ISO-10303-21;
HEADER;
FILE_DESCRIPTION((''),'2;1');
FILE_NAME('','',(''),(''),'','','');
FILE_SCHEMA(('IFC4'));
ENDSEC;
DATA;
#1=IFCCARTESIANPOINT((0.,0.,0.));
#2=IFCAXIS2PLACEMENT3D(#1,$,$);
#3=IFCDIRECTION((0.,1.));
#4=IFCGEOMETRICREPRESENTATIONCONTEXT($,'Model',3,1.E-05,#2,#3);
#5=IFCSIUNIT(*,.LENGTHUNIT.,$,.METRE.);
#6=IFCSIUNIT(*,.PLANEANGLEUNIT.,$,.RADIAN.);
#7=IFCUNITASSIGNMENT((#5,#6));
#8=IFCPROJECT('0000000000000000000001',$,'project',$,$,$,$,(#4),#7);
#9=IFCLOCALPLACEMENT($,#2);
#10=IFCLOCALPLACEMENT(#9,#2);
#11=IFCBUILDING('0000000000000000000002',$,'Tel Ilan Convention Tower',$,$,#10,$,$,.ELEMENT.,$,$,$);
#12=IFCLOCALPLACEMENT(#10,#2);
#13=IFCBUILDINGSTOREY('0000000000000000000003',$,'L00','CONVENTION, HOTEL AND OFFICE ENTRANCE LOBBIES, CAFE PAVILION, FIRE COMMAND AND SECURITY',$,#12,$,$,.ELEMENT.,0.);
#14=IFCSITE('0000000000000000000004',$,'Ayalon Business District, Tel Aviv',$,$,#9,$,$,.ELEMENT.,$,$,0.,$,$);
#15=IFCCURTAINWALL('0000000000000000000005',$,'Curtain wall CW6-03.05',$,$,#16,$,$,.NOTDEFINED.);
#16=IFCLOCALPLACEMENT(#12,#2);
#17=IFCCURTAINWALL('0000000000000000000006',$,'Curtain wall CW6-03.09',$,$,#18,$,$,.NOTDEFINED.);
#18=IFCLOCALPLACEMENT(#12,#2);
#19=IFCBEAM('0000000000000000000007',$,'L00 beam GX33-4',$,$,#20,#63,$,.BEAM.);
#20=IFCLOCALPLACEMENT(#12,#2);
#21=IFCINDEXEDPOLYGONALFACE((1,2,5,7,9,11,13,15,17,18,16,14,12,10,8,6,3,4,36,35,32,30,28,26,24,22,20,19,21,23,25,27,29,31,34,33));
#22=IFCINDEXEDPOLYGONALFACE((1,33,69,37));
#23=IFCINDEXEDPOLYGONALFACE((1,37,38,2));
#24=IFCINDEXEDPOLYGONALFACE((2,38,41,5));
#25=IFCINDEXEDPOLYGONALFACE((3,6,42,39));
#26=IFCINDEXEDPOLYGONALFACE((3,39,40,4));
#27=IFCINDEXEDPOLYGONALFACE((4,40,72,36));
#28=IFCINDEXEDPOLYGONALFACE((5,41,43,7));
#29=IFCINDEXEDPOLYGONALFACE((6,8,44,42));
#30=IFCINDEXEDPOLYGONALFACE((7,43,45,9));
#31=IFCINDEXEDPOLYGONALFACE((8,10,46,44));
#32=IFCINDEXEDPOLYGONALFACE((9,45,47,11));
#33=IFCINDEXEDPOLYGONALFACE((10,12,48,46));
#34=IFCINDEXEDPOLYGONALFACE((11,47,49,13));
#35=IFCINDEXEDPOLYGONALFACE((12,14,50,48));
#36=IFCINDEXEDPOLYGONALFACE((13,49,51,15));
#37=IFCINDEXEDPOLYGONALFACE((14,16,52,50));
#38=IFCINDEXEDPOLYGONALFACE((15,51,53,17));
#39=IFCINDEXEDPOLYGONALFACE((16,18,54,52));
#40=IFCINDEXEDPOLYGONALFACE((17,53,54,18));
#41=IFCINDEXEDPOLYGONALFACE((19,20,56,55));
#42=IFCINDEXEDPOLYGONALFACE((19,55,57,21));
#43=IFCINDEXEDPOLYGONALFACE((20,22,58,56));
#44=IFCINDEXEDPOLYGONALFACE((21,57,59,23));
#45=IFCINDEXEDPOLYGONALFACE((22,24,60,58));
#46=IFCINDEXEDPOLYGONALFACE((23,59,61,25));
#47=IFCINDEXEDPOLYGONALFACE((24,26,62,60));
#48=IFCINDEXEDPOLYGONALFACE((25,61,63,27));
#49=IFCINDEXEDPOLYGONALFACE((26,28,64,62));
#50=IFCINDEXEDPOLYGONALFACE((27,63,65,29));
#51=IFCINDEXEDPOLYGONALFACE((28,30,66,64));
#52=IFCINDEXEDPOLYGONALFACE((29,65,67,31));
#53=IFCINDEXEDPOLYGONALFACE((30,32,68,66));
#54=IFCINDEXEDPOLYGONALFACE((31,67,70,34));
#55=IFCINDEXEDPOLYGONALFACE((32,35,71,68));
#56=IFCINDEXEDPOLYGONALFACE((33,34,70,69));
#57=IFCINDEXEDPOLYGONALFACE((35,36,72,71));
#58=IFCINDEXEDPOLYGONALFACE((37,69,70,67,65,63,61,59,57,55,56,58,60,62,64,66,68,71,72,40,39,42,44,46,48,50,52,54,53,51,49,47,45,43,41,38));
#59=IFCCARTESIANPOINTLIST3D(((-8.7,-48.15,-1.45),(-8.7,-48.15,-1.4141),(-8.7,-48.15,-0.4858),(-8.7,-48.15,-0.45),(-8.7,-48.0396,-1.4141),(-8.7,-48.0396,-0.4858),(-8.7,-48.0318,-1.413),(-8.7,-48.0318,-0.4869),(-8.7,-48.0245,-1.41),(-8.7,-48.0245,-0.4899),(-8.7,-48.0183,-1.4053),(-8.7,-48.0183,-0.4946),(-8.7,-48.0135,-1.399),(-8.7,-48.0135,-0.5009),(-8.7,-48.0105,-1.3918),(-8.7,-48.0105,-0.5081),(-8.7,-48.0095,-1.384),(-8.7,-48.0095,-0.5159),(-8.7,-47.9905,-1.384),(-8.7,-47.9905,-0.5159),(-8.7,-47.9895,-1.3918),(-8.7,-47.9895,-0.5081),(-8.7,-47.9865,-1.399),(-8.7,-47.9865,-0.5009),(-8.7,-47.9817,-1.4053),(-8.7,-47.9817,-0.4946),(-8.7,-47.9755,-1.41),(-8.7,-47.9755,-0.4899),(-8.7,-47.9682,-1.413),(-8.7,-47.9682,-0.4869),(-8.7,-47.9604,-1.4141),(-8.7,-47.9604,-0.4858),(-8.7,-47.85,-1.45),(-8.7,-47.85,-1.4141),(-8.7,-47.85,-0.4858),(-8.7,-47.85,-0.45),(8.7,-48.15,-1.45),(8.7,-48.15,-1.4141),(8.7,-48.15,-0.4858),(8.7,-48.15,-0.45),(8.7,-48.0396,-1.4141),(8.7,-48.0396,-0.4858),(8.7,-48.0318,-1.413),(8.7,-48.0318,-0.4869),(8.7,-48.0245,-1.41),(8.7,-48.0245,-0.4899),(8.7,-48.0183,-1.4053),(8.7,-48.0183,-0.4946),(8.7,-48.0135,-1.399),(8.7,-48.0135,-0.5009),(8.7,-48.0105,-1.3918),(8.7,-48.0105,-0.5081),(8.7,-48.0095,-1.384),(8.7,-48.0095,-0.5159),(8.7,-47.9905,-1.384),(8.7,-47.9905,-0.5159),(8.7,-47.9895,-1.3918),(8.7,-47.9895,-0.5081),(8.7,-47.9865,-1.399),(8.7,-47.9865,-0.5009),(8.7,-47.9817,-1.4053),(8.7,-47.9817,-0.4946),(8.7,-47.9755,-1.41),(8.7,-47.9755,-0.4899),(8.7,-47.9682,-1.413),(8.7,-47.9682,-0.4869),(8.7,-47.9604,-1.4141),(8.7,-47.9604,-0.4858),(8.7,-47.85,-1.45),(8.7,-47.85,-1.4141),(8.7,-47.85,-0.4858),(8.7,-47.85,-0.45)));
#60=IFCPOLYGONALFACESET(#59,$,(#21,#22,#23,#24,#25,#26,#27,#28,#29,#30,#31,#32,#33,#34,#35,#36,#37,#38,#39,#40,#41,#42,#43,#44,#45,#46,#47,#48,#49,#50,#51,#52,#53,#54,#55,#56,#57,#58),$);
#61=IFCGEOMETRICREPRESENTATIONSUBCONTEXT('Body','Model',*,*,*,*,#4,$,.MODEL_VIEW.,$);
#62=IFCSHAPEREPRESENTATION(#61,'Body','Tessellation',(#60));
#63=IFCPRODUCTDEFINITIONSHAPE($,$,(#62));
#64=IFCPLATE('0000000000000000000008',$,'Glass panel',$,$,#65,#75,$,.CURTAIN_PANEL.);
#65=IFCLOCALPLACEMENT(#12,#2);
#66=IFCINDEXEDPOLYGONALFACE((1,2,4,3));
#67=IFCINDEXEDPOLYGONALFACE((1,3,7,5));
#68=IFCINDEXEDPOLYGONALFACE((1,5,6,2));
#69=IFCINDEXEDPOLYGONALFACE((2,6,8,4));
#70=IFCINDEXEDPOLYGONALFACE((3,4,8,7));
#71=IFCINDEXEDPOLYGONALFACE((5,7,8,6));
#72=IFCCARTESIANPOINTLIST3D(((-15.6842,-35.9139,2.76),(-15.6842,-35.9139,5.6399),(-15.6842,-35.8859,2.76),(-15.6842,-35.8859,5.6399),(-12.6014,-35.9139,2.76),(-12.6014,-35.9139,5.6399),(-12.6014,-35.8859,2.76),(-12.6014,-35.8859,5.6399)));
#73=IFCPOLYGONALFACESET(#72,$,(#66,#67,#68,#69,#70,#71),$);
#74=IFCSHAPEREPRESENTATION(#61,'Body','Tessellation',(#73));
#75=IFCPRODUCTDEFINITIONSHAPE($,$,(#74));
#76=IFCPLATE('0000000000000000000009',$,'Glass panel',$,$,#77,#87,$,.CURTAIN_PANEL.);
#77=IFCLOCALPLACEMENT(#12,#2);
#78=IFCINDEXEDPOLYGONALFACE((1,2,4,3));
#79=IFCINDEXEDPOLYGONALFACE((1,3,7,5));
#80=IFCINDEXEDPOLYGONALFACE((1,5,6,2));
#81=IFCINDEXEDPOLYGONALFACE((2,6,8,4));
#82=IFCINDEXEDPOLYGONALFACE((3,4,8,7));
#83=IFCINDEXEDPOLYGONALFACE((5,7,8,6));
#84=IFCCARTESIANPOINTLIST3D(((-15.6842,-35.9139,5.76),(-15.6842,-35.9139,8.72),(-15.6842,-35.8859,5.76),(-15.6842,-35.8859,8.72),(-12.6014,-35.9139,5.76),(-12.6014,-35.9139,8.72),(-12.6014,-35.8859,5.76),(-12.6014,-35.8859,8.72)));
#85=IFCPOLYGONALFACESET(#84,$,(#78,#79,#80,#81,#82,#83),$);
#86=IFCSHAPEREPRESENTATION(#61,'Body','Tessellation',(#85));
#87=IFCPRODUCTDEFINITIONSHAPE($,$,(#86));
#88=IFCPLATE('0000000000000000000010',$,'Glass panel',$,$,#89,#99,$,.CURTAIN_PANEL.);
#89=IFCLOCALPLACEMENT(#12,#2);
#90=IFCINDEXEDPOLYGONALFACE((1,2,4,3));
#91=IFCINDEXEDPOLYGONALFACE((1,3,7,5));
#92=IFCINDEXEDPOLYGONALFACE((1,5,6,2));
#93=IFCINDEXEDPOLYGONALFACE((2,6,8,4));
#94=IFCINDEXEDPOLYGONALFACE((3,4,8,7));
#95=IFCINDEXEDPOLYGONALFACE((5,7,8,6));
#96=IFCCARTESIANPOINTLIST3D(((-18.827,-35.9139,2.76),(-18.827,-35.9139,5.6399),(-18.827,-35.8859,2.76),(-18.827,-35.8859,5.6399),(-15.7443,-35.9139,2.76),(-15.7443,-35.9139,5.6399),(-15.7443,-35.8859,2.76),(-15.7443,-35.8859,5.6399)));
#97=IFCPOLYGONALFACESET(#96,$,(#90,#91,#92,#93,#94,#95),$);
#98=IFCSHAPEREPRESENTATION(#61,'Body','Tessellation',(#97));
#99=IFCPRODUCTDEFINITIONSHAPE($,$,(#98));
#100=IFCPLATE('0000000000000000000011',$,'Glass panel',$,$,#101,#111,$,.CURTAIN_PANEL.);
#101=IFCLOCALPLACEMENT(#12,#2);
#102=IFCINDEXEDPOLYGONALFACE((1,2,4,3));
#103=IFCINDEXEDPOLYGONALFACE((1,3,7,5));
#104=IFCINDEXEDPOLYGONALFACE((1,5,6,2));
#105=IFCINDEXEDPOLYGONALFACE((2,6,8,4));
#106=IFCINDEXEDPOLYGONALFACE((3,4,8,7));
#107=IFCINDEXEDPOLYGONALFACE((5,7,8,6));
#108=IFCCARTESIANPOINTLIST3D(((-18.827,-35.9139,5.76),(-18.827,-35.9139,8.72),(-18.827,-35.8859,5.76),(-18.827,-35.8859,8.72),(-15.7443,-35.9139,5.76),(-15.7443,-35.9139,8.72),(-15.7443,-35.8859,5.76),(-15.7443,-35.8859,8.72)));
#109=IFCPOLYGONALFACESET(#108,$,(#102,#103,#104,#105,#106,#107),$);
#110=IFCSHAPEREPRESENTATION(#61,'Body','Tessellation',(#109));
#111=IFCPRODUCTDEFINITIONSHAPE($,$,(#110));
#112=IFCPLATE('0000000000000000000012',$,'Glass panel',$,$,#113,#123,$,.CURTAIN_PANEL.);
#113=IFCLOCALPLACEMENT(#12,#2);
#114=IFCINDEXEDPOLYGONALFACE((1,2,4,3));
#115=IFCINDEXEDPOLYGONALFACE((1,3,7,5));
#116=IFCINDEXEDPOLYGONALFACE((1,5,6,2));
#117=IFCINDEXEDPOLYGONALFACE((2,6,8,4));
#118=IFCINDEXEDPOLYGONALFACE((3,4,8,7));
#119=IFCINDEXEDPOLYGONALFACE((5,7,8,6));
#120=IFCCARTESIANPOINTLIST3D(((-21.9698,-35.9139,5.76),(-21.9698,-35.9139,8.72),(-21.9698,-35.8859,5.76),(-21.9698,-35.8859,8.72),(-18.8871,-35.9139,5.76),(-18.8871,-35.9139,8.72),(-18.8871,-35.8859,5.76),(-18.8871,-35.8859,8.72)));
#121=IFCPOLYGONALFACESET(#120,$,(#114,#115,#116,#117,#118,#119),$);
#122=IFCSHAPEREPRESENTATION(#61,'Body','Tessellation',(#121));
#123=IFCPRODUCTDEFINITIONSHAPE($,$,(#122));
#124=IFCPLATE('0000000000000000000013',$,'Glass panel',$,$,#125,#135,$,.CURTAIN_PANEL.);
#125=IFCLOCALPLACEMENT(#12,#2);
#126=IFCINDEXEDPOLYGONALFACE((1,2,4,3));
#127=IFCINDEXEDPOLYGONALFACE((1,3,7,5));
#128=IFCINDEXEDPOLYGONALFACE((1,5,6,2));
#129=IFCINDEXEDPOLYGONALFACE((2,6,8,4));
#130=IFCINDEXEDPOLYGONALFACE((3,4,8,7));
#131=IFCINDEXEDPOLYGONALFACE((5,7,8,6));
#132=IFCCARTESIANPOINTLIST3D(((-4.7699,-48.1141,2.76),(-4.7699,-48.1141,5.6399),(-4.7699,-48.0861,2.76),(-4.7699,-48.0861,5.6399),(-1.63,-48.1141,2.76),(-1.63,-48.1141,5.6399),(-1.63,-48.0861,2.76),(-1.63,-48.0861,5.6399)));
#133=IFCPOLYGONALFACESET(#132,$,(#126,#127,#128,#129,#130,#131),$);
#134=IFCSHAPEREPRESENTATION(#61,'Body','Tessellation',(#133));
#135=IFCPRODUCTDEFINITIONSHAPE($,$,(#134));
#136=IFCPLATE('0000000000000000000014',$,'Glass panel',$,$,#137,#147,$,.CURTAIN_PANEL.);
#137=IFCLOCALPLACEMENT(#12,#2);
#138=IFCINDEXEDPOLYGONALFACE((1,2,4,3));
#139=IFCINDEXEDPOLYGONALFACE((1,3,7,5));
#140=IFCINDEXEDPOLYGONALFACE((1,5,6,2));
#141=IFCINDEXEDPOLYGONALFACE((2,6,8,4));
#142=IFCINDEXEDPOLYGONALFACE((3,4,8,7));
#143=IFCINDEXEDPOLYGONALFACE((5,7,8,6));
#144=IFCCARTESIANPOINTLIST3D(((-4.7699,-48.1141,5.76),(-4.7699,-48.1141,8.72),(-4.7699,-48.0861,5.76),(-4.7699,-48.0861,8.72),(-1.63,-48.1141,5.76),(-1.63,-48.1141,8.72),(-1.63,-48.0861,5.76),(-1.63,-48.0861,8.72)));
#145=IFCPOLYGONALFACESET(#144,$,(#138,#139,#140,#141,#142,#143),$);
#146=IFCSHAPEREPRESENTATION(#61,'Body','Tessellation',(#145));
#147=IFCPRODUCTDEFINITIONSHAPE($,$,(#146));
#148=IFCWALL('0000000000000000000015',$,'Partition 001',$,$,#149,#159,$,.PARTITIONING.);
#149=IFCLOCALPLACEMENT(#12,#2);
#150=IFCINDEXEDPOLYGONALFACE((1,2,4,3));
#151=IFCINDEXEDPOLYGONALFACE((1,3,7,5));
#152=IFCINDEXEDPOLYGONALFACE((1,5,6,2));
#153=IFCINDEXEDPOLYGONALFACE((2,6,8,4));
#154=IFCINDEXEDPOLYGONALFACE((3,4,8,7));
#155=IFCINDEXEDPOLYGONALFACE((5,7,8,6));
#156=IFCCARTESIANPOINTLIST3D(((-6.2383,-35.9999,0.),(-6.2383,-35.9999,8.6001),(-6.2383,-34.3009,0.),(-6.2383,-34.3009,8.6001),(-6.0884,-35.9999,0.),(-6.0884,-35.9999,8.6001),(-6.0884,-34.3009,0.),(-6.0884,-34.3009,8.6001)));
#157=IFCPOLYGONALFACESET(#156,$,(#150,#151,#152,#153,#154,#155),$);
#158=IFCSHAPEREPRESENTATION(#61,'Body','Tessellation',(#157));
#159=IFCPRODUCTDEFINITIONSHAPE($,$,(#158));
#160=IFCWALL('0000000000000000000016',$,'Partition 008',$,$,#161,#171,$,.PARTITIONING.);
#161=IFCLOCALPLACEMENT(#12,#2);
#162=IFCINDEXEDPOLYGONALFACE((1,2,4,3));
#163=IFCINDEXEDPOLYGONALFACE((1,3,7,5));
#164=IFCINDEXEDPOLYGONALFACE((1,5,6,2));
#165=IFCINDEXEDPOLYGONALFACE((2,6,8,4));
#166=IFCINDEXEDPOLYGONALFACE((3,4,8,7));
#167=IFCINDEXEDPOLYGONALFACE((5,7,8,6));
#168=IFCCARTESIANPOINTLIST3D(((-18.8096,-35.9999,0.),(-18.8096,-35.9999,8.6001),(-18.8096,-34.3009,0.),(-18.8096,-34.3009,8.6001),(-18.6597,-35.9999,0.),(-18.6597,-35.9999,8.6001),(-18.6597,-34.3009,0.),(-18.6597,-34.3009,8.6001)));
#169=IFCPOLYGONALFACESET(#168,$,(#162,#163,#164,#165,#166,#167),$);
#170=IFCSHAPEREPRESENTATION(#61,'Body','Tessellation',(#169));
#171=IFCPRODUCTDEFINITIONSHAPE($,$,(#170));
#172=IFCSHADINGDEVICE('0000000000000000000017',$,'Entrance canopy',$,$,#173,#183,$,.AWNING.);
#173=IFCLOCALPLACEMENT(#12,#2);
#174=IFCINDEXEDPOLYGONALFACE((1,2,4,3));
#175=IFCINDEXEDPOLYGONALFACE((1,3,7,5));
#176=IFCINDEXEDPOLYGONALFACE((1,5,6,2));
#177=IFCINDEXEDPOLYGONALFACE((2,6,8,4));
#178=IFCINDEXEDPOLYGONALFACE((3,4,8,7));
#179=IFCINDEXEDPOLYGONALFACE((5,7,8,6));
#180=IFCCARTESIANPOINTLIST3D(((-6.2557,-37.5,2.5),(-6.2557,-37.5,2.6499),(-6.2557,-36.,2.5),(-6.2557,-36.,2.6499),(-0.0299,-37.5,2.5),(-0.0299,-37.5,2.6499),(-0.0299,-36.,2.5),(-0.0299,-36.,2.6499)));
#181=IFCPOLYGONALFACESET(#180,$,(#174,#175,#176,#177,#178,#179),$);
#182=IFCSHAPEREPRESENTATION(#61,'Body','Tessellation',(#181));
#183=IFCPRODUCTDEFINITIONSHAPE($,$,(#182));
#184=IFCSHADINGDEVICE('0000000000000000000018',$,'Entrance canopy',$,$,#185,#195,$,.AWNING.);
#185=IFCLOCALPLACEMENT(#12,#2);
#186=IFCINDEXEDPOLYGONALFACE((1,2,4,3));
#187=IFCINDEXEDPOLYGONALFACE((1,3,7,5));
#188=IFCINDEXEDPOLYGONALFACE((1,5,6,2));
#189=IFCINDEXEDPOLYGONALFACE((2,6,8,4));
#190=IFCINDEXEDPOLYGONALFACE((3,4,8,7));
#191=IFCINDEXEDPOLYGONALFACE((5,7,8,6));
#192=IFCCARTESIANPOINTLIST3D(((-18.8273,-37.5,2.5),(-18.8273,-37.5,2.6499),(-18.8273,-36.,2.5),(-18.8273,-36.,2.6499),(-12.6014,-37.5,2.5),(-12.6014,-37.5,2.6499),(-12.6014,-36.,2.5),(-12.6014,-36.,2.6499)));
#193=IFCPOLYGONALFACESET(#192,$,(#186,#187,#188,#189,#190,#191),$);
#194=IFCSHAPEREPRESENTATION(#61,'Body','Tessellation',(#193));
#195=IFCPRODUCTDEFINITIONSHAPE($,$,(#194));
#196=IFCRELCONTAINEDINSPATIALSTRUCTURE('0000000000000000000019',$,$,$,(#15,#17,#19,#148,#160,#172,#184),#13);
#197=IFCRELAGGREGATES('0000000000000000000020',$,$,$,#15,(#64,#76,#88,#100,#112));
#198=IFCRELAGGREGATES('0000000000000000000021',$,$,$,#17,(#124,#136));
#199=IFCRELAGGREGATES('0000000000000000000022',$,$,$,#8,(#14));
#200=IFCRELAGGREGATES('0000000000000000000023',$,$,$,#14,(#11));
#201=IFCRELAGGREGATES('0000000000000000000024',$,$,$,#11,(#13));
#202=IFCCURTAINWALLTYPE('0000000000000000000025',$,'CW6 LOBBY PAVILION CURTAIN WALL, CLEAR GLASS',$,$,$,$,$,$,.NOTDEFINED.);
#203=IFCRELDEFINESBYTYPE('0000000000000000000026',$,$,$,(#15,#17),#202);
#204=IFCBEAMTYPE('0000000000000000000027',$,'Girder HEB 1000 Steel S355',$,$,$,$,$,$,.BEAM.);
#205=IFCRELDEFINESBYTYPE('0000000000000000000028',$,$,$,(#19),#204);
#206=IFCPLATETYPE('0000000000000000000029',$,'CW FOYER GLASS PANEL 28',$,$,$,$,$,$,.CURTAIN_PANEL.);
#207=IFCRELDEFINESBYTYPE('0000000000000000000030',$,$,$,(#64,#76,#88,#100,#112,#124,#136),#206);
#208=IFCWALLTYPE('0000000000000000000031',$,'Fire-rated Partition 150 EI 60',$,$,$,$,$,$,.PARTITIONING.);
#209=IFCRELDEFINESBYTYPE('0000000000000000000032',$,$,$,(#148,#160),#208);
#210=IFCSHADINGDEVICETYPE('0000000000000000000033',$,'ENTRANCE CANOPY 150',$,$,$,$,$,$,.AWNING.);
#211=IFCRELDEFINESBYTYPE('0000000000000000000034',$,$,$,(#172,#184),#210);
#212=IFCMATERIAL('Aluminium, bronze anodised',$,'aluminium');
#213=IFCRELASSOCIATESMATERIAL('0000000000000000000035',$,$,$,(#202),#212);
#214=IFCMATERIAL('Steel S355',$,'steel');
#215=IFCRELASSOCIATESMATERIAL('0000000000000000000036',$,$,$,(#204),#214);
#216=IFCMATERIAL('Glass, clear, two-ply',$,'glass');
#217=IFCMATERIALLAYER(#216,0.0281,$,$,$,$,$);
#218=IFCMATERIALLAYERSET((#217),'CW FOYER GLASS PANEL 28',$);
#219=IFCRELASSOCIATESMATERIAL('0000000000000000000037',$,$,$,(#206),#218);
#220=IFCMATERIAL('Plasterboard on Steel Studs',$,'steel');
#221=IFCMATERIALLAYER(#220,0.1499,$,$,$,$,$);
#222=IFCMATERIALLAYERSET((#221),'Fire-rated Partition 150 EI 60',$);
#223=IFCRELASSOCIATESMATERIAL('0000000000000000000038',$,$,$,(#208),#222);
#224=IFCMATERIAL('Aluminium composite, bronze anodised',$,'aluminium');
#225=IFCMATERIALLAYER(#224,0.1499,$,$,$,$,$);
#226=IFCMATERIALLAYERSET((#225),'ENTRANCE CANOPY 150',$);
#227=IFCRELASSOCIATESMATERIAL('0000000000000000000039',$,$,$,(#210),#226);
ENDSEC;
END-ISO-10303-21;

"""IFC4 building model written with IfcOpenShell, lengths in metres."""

from ifc_helpers import new_model, si_unit, direction, frame, frame_2d, origin, origin_2d, place, context, subcontext, project, spatial, rectangle, i_section, extrude, material, layer, layer_set, material_profile, profile_set, type_object, element, aggregate, save


model = new_model("IFC4")

# Units and contexts
model_context = context("Model", 3, precision=1e-05, world=origin(), true_north=direction((0.0, 1.0)))
body_context = subcontext(model_context, "Body", "Model", "MODEL_VIEW")
ifc_project = project(units=[si_unit("LENGTHUNIT", "METRE"), si_unit("PLANEANGLEUNIT", "RADIAN")], contexts=[model_context])

# Site, building, storey
site_placement = place(None, origin())
site = spatial("IfcSite", under=ifc_project, at=site_placement, Name="Ayalon Business District, Tel Aviv", CompositionType="ELEMENT", RefElevation=0.0)
building_placement = place(site_placement, origin())
building = spatial("IfcBuilding", under=site, at=building_placement, Name="Tel Ilan Convention Tower", CompositionType="ELEMENT")
storey_placement = place(building_placement, origin())
storey = spatial("IfcBuildingStorey", under=building, at=storey_placement, Name="L00", Description="CONVENTION, HOTEL AND OFFICE ENTRANCE LOBBIES, CAFE PAVILION, FIRE COMMAND AND SECURITY", CompositionType="ELEMENT", Elevation=0.0)

# Curtain wall
ifc_material_1 = material(Name="Aluminium, bronze anodised", Category="aluminium")
curtain_wall_type = type_object("IfcCurtainWallType", Name="CW6 LOBBY PAVILION CURTAIN WALL, CLEAR GLASS", PredefinedType="NOTDEFINED", material=ifc_material_1)
curtain_wall_1_placement = place(storey_placement, origin())
curtain_wall_1 = element("IfcCurtainWall", 1, at=curtain_wall_1_placement, inside=storey, type_object=curtain_wall_type, Name="Curtain wall CW6-03.05", PredefinedType="NOTDEFINED")

# Curtain wall
curtain_wall_2_placement = place(storey_placement, origin())
curtain_wall_2 = element("IfcCurtainWall", 2, at=curtain_wall_2_placement, inside=storey, type_object=curtain_wall_type, Name="Curtain wall CW6-03.09", PredefinedType="NOTDEFINED")

# Beam
ifc_material_2 = material(Name="Steel S355", Category="steel")
ifc_material_profile_1 = material_profile(ifc_material_2, i_section(OverallWidth=0.3, OverallDepth=1.0, WebThickness=0.019, FlangeThickness=0.0359, FilletRadius=0.03, at=origin_2d()), Name="HEB 1000")
ifc_profile_set_1 = profile_set([ifc_material_profile_1], Name="Steel S355")
beam_type = type_object("IfcBeamType", Name="Girder HEB 1000 Steel S355", PredefinedType="BEAM", material=ifc_profile_set_1)
beam_placement = place(storey_placement, frame((-8.7, -48.0, -0.95), z_axis=(1.0, 0.0, 0.0), x_axis=(0.0, 1.0, 0.0)))
element("IfcBeam", 3, at=beam_placement, inside=storey, type_object=beam_type, Name="L00 beam GX33-4", PredefinedType="BEAM", context=body_context, shape_type="SweptSolid", body=[
    extrude(i_section(OverallWidth=0.3, OverallDepth=1.0, WebThickness=0.019, FlangeThickness=0.0359, FilletRadius=0.03, at=origin_2d()), origin(), (0.0, 0.0, 1.0), 17.3999),
])

# Plates
ifc_material_3 = material(Name="Glass, clear, two-ply", Category="glass")
ifc_layer_1 = layer(ifc_material_3, 0.0281)
ifc_layer_set_1 = layer_set([ifc_layer_1], Name="CW FOYER GLASS PANEL 28")
plate_type = type_object("IfcPlateType", Name="CW FOYER GLASS PANEL 28", PredefinedType="CURTAIN_PANEL", material=ifc_layer_set_1)
plate_1_placement = place(storey_placement, frame((-14.1428, -35.8999, 2.76), z_axis=(0.0, 0.0, 1.0), x_axis=(-1.0, 0.0, 0.0)))
plate_1 = element("IfcPlate", 4, at=plate_1_placement, type_object=plate_type, Name="Glass panel", PredefinedType="CURTAIN_PANEL", context=body_context, shape_type="SweptSolid", body=[
    extrude(rectangle(XDim=3.0828, YDim=0.0281, at=origin_2d()), origin(), (0.0, 0.0, 1.0), 2.8799),
])
plate_2_placement = place(storey_placement, frame((-14.1428, -35.8999, 5.76), z_axis=(0.0, 0.0, 1.0), x_axis=(-1.0, 0.0, 0.0)))
plate_2 = element("IfcPlate", 5, at=plate_2_placement, type_object=plate_type, Name="Glass panel", PredefinedType="CURTAIN_PANEL", context=body_context, shape_type="SweptSolid", body=[
    extrude(rectangle(XDim=3.0828, YDim=0.0281, at=origin_2d()), origin(), (0.0, 0.0, 1.0), 2.96),
])
plate_3_placement = place(storey_placement, frame((-17.2856, -35.8999, 2.76), z_axis=(0.0, 0.0, 1.0), x_axis=(-1.0, 0.0, 0.0)))
plate_3 = element("IfcPlate", 6, at=plate_3_placement, type_object=plate_type, Name="Glass panel", PredefinedType="CURTAIN_PANEL", context=body_context, shape_type="SweptSolid", body=[
    extrude(rectangle(XDim=3.0828, YDim=0.0281, at=origin_2d()), origin(), (0.0, 0.0, 1.0), 2.8799),
])
plate_4_placement = place(storey_placement, frame((-17.2856, -35.8999, 5.76), z_axis=(0.0, 0.0, 1.0), x_axis=(-1.0, 0.0, 0.0)))
plate_4 = element("IfcPlate", 7, at=plate_4_placement, type_object=plate_type, Name="Glass panel", PredefinedType="CURTAIN_PANEL", context=body_context, shape_type="SweptSolid", body=[
    extrude(rectangle(XDim=3.0828, YDim=0.0281, at=origin_2d()), origin(), (0.0, 0.0, 1.0), 2.96),
])
plate_5_placement = place(storey_placement, frame((-20.4285, -35.8999, 5.76), z_axis=(0.0, 0.0, 1.0), x_axis=(-1.0, 0.0, 0.0)))
plate_5 = element("IfcPlate", 8, at=plate_5_placement, type_object=plate_type, Name="Glass panel", PredefinedType="CURTAIN_PANEL", context=body_context, shape_type="SweptSolid", body=[
    extrude(rectangle(XDim=3.0828, YDim=0.0281, at=origin_2d()), origin(), (0.0, 0.0, 1.0), 2.96),
])
aggregate(curtain_wall_1, [plate_1, plate_2, plate_3, plate_4, plate_5])
plate_6_placement = place(storey_placement, frame((-3.2, -48.1001, 2.76), z_axis=(0.0, 0.0, 1.0), x_axis=(-1.0, 0.0, 0.0)))
plate_6 = element("IfcPlate", 9, at=plate_6_placement, type_object=plate_type, Name="Glass panel", PredefinedType="CURTAIN_PANEL", context=body_context, shape_type="SweptSolid", body=[
    extrude(rectangle(XDim=3.1399, YDim=0.0281, at=origin_2d()), origin(), (0.0, 0.0, 1.0), 2.8799),
])
plate_7_placement = place(storey_placement, frame((-3.2, -48.1001, 5.76), z_axis=(0.0, 0.0, 1.0), x_axis=(-1.0, 0.0, 0.0)))
plate_7 = element("IfcPlate", 10, at=plate_7_placement, type_object=plate_type, Name="Glass panel", PredefinedType="CURTAIN_PANEL", context=body_context, shape_type="SweptSolid", body=[
    extrude(rectangle(XDim=3.1399, YDim=0.0281, at=origin_2d()), origin(), (0.0, 0.0, 1.0), 2.96),
])
aggregate(curtain_wall_2, [plate_6, plate_7])

# Walls
ifc_material_4 = material(Name="Plasterboard on Steel Studs", Category="steel")
ifc_layer_2 = layer(ifc_material_4, 0.1499)
ifc_layer_set_2 = layer_set([ifc_layer_2], Name="Fire-rated Partition 150 EI 60")
wall_type_1 = type_object("IfcWallType", Name="Fire-rated Partition 150 EI 60", PredefinedType="PARTITIONING", material=ifc_layer_set_2)
for number, where, z_axis, x_axis, name in (
    (11, (-6.1633, -36.0, 0.0), (0.0, 0.0, 1.0), (0.0, 1.0, 0.0), "Partition 001"),
    (12, (-18.7346, -36.0, 0.0), (0.0, 0.0, 1.0), (0.0, 1.0, 0.0), "Partition 008"),
):
    element("IfcWall", number, at=place(storey_placement, frame(where, z_axis=z_axis, x_axis=x_axis)), inside=storey, type_object=wall_type_1, Name=name, PredefinedType="PARTITIONING", context=body_context, shape_type="SweptSolid", body=[
        extrude(rectangle(XDim=1.699, YDim=0.1499, at=frame_2d((0.8496, 0.0))), origin(), (0.0, 0.0, 1.0), 8.6001),
    ])

# Shading devices
ifc_material_5 = material(Name="Aluminium composite, bronze anodised", Category="aluminium")
ifc_layer_3 = layer(ifc_material_5, 0.1499)
ifc_layer_set_3 = layer_set([ifc_layer_3], Name="ENTRANCE CANOPY 150")
shading_device_type = type_object("IfcShadingDeviceType", Name="ENTRANCE CANOPY 150", PredefinedType="AWNING", material=ifc_layer_set_3)
for number, where, z_axis, x_axis, name in (
    (13, (-3.1428, -36.75, 2.5), (0.0, 0.0, 1.0), (-1.0, 0.0, 0.0), "Entrance canopy"),
    (14, (-15.7144, -36.75, 2.5), (0.0, 0.0, 1.0), (-1.0, 0.0, 0.0), "Entrance canopy"),
):
    element("IfcShadingDevice", number, at=place(storey_placement, frame(where, z_axis=z_axis, x_axis=x_axis)), inside=storey, type_object=shading_device_type, Name=name, PredefinedType="AWNING", context=body_context, shape_type="SweptSolid", body=[
        extrude(rectangle(XDim=6.2258, YDim=1.5, at=origin_2d()), origin(), (0.0, 0.0, 1.0), 0.1499),
    ])

save(model, "model.ifc")
